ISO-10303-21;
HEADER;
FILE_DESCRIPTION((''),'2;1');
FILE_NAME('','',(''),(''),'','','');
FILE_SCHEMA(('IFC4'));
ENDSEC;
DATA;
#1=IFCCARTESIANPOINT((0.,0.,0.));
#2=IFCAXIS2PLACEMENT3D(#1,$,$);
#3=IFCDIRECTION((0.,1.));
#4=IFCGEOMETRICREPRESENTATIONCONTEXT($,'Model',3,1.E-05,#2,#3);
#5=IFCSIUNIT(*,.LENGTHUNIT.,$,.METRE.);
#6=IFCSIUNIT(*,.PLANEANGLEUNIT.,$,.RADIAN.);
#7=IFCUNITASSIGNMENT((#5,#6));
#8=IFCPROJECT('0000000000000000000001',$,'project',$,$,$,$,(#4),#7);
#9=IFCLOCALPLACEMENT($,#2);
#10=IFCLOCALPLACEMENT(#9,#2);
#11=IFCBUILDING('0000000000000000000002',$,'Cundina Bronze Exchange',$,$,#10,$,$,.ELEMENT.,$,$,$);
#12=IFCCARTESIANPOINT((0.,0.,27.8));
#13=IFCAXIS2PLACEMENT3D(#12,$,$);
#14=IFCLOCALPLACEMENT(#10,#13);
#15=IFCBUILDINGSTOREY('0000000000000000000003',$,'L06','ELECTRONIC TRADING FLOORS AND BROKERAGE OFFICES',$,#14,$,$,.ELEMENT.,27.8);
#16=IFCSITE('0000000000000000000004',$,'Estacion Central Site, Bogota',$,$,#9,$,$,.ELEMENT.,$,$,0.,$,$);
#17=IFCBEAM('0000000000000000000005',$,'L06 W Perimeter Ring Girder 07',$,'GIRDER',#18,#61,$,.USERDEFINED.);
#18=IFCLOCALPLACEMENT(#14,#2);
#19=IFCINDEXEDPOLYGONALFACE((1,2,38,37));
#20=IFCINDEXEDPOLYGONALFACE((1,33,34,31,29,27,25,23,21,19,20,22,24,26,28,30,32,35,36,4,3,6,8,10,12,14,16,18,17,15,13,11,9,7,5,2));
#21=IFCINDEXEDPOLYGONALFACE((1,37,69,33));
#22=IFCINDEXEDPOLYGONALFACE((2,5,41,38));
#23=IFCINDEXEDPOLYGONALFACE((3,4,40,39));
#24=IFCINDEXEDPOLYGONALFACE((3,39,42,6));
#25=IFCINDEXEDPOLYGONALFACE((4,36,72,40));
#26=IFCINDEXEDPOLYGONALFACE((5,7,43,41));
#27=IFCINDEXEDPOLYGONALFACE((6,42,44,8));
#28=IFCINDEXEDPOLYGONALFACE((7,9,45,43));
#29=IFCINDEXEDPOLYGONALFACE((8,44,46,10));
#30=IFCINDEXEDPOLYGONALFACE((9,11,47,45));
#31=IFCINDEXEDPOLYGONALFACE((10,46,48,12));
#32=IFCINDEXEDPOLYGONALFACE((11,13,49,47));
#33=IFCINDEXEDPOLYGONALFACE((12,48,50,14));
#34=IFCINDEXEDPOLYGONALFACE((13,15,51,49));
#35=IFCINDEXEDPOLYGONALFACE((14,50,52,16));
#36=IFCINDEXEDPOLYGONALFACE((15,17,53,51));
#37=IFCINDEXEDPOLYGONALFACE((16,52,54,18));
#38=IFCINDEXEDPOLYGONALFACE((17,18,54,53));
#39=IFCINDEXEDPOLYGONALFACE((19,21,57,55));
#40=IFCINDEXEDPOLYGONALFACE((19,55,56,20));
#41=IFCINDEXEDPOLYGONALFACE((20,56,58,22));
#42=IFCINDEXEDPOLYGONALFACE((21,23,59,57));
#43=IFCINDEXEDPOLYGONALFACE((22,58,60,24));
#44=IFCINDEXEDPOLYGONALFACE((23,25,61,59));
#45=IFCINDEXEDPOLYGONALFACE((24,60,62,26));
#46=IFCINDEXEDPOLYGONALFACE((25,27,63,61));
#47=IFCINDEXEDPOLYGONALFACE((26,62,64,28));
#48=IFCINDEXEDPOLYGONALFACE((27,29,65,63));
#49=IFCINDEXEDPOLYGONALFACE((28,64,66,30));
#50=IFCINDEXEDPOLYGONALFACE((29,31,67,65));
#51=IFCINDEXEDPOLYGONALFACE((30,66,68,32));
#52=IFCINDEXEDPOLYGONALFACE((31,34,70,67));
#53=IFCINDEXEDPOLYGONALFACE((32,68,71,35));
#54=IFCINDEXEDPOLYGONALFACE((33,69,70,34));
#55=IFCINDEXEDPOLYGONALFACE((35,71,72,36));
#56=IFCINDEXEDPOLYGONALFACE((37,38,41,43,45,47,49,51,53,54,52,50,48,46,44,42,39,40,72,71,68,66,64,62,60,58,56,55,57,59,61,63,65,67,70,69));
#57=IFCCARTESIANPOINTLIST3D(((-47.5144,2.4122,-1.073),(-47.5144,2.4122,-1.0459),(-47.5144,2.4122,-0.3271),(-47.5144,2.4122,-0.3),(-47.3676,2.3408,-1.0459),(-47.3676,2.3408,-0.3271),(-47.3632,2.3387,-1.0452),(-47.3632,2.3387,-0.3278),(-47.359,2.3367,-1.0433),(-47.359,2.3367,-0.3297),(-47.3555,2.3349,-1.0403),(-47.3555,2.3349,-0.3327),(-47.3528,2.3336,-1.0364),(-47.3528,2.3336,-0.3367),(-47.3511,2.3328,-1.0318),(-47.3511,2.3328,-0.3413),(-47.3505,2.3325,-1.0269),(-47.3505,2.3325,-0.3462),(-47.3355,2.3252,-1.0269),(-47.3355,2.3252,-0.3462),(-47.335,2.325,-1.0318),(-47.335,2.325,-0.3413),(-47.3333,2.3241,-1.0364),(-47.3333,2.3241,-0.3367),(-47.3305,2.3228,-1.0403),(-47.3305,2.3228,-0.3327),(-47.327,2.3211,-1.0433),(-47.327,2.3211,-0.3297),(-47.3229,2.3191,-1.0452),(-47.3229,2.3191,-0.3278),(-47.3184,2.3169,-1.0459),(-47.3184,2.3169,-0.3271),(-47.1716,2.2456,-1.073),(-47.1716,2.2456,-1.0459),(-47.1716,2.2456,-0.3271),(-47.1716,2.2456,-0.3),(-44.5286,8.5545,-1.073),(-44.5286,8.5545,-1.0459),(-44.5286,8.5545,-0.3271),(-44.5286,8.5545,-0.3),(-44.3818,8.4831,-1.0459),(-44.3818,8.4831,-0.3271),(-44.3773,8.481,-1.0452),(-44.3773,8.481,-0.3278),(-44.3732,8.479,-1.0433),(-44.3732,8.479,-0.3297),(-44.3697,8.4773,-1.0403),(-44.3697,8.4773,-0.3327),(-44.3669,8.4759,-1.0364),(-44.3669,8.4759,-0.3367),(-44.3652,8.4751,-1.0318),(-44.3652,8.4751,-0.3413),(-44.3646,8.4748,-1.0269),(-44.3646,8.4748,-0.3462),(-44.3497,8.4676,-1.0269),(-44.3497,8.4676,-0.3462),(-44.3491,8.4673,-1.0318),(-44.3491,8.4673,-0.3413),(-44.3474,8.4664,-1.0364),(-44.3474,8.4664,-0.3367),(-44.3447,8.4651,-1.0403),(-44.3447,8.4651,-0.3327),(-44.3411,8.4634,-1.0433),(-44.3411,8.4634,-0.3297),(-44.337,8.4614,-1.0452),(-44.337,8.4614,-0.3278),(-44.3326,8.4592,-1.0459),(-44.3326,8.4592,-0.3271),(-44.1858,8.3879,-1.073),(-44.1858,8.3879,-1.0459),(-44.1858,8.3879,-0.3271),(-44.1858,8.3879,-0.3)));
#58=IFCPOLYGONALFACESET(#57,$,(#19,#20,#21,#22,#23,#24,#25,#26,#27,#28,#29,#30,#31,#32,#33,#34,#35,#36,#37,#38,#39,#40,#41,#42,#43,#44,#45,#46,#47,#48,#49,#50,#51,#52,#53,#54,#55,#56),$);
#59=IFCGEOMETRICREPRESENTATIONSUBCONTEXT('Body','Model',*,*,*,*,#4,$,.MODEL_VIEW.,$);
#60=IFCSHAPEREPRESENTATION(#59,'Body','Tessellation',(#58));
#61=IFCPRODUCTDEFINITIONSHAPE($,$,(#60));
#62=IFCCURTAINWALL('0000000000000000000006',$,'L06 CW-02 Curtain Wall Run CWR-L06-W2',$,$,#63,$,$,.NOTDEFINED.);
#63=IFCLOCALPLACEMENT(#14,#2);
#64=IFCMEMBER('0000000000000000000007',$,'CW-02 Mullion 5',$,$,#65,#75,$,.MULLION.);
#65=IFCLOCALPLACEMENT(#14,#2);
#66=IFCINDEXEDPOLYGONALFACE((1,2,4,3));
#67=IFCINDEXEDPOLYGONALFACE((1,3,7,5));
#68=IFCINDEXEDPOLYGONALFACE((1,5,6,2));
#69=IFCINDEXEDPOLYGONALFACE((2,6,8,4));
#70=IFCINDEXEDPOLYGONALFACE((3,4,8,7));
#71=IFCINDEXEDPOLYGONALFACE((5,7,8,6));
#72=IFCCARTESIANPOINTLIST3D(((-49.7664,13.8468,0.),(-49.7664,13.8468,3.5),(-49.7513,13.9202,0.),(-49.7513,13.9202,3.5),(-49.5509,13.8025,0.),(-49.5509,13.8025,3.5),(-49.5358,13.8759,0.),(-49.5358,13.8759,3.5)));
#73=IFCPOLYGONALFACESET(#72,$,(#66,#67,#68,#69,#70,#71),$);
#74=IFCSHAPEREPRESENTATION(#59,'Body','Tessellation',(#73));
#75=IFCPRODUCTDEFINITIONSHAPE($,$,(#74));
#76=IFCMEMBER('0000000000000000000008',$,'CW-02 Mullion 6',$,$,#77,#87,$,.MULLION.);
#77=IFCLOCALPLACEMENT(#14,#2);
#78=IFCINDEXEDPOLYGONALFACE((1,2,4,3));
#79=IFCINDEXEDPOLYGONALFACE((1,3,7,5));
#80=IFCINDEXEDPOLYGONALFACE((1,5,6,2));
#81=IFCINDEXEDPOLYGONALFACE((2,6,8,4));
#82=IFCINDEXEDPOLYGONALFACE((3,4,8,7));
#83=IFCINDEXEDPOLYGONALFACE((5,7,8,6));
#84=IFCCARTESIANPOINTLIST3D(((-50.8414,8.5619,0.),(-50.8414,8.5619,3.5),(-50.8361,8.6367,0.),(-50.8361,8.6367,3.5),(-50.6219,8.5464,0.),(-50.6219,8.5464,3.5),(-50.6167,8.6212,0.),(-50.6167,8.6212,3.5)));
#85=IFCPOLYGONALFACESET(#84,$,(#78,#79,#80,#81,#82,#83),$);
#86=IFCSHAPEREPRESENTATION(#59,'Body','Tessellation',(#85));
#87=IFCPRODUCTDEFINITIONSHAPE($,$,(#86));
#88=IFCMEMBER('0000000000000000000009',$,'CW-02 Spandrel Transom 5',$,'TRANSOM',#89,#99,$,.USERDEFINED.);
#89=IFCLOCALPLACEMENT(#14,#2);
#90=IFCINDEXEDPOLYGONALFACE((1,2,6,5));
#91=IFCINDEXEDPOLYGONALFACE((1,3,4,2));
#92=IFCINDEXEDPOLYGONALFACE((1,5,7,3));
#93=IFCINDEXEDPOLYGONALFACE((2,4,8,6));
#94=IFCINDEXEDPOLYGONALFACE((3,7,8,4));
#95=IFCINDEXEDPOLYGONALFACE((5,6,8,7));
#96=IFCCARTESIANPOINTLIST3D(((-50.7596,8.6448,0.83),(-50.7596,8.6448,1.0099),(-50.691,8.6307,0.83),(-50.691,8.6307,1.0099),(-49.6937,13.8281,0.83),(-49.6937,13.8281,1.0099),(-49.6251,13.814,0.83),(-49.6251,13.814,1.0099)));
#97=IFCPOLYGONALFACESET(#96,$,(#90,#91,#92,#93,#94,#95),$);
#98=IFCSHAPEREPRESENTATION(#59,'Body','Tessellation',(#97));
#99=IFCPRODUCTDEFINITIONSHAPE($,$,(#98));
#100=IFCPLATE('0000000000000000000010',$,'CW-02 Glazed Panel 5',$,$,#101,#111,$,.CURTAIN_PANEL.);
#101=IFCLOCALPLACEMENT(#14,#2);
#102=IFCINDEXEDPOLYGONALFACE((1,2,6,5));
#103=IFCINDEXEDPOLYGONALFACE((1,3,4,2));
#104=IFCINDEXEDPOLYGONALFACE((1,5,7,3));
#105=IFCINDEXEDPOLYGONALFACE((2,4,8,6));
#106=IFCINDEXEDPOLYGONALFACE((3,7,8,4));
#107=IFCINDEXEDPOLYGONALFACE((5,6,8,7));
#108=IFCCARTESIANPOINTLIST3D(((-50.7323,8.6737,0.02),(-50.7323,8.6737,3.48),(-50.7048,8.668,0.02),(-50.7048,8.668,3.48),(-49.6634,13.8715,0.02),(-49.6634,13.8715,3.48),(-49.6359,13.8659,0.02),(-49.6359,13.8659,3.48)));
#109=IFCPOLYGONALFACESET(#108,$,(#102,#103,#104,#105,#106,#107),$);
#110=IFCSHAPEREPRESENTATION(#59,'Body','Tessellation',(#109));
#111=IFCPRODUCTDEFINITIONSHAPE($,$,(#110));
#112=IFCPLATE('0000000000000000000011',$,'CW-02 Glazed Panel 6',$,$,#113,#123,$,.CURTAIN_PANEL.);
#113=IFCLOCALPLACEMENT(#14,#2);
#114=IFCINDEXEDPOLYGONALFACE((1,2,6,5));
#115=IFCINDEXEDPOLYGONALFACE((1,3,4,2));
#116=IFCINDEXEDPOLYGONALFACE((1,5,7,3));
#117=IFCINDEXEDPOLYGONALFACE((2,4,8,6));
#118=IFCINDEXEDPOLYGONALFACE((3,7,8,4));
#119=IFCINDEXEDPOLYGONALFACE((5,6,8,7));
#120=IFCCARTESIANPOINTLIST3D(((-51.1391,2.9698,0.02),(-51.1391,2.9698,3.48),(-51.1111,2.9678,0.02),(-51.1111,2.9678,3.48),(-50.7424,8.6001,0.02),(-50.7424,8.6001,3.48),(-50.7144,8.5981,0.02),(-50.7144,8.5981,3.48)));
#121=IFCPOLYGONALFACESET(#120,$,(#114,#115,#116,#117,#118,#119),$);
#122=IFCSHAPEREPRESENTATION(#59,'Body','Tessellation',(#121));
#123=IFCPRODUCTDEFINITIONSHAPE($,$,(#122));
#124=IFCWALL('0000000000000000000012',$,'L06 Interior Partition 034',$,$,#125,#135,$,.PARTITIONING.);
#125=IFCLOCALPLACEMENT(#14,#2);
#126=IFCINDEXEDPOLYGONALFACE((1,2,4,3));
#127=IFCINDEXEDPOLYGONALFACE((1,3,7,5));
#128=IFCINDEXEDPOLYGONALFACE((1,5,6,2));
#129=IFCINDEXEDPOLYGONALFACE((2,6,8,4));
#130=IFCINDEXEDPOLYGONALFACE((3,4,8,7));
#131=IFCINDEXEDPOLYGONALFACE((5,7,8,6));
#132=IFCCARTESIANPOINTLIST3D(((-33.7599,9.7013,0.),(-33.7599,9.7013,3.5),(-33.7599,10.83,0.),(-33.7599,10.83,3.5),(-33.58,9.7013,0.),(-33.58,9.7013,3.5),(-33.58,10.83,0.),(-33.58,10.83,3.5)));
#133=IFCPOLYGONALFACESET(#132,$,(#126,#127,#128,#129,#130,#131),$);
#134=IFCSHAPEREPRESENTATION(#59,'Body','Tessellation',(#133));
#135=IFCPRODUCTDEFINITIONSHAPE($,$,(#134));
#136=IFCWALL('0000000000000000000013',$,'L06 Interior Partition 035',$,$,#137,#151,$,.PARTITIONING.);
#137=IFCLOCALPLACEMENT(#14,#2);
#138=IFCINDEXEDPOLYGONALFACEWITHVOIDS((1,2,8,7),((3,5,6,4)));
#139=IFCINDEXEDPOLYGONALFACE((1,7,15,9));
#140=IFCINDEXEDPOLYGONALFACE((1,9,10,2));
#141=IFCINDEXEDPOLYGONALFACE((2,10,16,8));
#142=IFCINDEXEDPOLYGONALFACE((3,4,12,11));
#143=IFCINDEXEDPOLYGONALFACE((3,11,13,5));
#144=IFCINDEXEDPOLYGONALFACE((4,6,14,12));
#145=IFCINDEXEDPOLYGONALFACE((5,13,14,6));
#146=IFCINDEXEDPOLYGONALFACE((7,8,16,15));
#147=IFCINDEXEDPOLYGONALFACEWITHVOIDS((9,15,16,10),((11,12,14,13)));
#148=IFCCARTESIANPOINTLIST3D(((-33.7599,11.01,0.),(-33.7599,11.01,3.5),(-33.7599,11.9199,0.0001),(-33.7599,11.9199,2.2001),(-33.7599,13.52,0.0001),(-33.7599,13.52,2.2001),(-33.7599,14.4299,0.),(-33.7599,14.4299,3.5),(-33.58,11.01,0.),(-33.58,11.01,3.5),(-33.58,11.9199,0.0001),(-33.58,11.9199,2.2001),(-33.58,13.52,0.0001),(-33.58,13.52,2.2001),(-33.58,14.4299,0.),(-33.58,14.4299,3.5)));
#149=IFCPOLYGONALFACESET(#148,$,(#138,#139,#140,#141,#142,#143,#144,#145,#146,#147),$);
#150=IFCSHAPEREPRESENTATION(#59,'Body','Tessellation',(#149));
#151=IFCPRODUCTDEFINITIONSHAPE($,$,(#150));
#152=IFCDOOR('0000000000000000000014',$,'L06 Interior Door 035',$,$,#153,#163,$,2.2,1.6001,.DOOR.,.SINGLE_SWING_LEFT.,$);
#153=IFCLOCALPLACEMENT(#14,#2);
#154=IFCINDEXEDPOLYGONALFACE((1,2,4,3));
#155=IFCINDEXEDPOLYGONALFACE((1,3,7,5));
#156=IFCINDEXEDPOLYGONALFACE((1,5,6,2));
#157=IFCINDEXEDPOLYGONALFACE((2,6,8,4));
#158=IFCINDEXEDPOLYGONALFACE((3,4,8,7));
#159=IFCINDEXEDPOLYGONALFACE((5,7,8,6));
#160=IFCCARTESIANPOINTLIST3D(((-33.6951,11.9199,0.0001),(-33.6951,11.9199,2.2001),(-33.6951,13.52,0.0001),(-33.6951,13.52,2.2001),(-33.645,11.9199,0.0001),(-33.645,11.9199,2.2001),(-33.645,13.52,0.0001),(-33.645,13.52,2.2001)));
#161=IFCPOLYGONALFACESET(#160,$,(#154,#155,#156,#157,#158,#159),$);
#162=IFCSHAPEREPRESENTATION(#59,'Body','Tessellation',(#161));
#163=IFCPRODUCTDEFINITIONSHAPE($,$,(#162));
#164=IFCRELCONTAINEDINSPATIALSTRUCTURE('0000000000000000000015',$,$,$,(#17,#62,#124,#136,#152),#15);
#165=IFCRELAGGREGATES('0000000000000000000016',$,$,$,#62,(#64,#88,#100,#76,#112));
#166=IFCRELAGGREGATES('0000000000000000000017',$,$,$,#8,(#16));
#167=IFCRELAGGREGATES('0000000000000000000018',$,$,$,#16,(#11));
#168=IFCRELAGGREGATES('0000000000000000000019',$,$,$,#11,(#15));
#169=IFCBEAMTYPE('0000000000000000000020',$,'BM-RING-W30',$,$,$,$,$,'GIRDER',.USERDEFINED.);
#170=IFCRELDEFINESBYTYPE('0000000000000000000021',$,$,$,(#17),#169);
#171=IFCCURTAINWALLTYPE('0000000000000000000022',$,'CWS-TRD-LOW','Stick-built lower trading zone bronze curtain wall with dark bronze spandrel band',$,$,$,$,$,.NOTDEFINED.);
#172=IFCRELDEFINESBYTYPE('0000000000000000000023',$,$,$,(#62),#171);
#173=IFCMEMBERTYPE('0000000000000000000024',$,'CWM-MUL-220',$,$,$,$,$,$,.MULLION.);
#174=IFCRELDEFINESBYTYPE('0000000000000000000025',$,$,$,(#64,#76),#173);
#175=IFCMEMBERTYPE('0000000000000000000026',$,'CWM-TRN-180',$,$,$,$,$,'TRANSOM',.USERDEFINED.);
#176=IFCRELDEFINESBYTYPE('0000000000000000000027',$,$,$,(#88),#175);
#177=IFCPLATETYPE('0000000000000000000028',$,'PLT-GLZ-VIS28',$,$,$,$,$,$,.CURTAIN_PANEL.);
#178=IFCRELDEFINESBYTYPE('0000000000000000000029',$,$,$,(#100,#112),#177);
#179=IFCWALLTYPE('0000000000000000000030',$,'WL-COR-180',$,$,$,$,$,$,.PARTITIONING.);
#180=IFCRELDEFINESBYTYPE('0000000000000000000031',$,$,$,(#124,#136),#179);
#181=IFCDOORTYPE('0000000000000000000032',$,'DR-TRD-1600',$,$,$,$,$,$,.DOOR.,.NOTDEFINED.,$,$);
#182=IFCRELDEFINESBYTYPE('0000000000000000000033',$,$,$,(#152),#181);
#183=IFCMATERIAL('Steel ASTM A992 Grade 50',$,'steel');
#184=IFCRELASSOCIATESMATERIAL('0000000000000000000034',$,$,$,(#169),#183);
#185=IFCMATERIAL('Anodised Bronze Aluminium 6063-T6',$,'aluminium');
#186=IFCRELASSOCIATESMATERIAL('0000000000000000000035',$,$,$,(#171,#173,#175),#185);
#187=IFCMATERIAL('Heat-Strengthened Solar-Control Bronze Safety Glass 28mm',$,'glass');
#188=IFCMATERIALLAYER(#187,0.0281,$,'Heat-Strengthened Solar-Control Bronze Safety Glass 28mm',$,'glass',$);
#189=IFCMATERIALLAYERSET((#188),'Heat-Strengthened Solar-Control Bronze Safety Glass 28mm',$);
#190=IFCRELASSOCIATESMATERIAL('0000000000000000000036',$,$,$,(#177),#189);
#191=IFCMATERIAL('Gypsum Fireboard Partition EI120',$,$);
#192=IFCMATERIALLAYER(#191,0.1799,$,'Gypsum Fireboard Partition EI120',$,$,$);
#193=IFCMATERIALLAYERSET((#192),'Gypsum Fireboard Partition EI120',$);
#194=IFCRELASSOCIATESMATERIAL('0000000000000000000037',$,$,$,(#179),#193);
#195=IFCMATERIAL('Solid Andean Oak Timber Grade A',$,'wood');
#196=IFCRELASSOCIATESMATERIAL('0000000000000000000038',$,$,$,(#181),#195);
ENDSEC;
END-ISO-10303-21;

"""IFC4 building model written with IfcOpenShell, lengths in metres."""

from ifc_helpers import new_model, si_unit, direction, frame, frame_2d, origin, origin_2d, place, context, subcontext, project, spatial, rectangle, i_section, extrude, material, layer, layer_set, material_profile, profile_set, type_object, element, fill, aggregate, save


model = new_model("IFC4")

# Units and contexts
model_context = context("Model", 3, precision=1e-05, world=origin(), true_north=direction((0.0, 1.0)))
body_context = subcontext(model_context, "Body", "Model", "MODEL_VIEW")
ifc_project = project(units=[si_unit("LENGTHUNIT", "METRE"), si_unit("PLANEANGLEUNIT", "RADIAN")], contexts=[model_context])

# Site, building, storey
site_placement = place(None, origin())
site = spatial("IfcSite", under=ifc_project, at=site_placement, Name="Estacion Central Site, Bogota", CompositionType="ELEMENT", RefElevation=0.0)
building_placement = place(site_placement, origin())
building = spatial("IfcBuilding", under=site, at=building_placement, Name="Cundina Bronze Exchange", CompositionType="ELEMENT")
storey_placement = place(building_placement, frame((0.0, 0.0, 27.8)))
storey = spatial("IfcBuildingStorey", under=building, at=storey_placement, Name="L06", Description="ELECTRONIC TRADING FLOORS AND BROKERAGE OFFICES", CompositionType="ELEMENT", Elevation=27.8)

# Beam
ifc_material_1 = material(Name="Steel ASTM A992 Grade 50", Category="steel")
ifc_material_profile_1 = material_profile(ifc_material_1, i_section(OverallWidth=0.3811, OverallDepth=0.7729, WebThickness=0.0166, FlangeThickness=0.0271, FilletRadius=0.019, at=origin_2d()), Name="W30X173", Category="steel")
ifc_profile_set_1 = profile_set([ifc_material_profile_1], Name="Steel ASTM A992 Grade 50")
beam_type_1 = type_object("IfcBeamType", Name="BM-RING-W30", ElementType="GIRDER", PredefinedType="USERDEFINED", material=ifc_profile_set_1)
beam_1_placement = place(storey_placement, frame((-44.3572, 8.4712, -0.6865), z_axis=(-0.437191, -0.899369, 0.0), x_axis=(0.899369, -0.437191, 0.0)))
element("IfcBeam", 1, at=beam_1_placement, inside=storey, type_object=beam_type_1, Name="L06 W Perimeter Ring Girder 07", ObjectType="GIRDER", PredefinedType="USERDEFINED", context=body_context, shape_type="SweptSolid", body=[
    extrude(i_section(OverallWidth=0.3811, OverallDepth=0.7729, WebThickness=0.0166, FlangeThickness=0.0271, FilletRadius=0.019, at=origin_2d()), origin(), (0.0, 0.0, 1.0), 6.8296),
])

# Curtain wall, members, plates
ifc_material_2 = material(Name="Anodised Bronze Aluminium 6063-T6", Category="aluminium")
curtain_wall_type = type_object("IfcCurtainWallType", Name="CWS-TRD-LOW", Description="Stick-built lower trading zone bronze curtain wall with dark bronze spandrel band", PredefinedType="NOTDEFINED", material=ifc_material_2)
curtain_wall_placement = place(storey_placement, origin())
curtain_wall = element("IfcCurtainWall", 2, at=curtain_wall_placement, inside=storey, type_object=curtain_wall_type, Name="L06 CW-02 Curtain Wall Run CWR-L06-W2", PredefinedType="NOTDEFINED")
ifc_material_profile_2 = material_profile(ifc_material_2, rectangle(XDim=0.075, YDim=0.22, at=origin_2d()), Name="AL75X220", Category="aluminium")
ifc_profile_set_2 = profile_set([ifc_material_profile_2], Name="Anodised Bronze Aluminium 6063-T6")
member_type_1 = type_object("IfcMemberType", Name="CWM-MUL-220", PredefinedType="MULLION", material=ifc_profile_set_2)
member_1_placement = place(storey_placement, frame((-49.6511, 13.8613, 0.0), z_axis=(0.0, 0.0, 1.0), x_axis=(-0.20142, -0.979505, 0.0)))
member_1 = element("IfcMember", 3, at=member_1_placement, type_object=member_type_1, Name="CW-02 Mullion 5", PredefinedType="MULLION", context=body_context, shape_type="SweptSolid", body=[
    extrude(rectangle(XDim=0.075, YDim=0.22, at=origin_2d()), origin(), (0.0, 0.0, 1.0), 3.5),
])
member_2_placement = place(storey_placement, frame((-50.729, 8.5916, 0.0), z_axis=(0.0, 0.0, 1.0), x_axis=(-0.070279, -0.997527, 0.0)))
member_2 = element("IfcMember", 4, at=member_2_placement, type_object=member_type_1, Name="CW-02 Mullion 6", PredefinedType="MULLION", context=body_context, shape_type="SweptSolid", body=[
    extrude(rectangle(XDim=0.075, YDim=0.22, at=origin_2d()), origin(), (0.0, 0.0, 1.0), 3.5),
])
ifc_material_profile_3 = material_profile(ifc_material_2, rectangle(XDim=0.0701, YDim=0.1799, at=origin_2d()), Name="AL70X180", Category="aluminium")
ifc_profile_set_3 = profile_set([ifc_material_profile_3], Name="Anodised Bronze Aluminium 6063-T6")
member_type_2 = type_object("IfcMemberType", Name="CWM-TRN-180", ElementType="TRANSOM", PredefinedType="USERDEFINED", material=ifc_profile_set_3)
member_3_placement = place(storey_placement, frame((-49.6594, 13.821, 0.9199), z_axis=(-0.201428, -0.979503, 0.0), x_axis=(0.979503, -0.201428, 0.0)))
member_3 = element("IfcMember", 5, at=member_3_placement, type_object=member_type_2, Name="CW-02 Spandrel Transom 5", ObjectType="TRANSOM", PredefinedType="USERDEFINED", context=body_context, shape_type="SweptSolid", body=[
    extrude(rectangle(XDim=0.0701, YDim=0.1799, at=origin_2d()), origin(), (0.0, 0.0, 1.0), 5.2917),
])
ifc_material_3 = material(Name="Heat-Strengthened Solar-Control Bronze Safety Glass 28mm", Category="glass")
ifc_layer_1 = layer(ifc_material_3, 0.0281, Name="Heat-Strengthened Solar-Control Bronze Safety Glass 28mm", Category="glass")
ifc_layer_set_1 = layer_set([ifc_layer_1], Name="Heat-Strengthened Solar-Control Bronze Safety Glass 28mm")
plate_type = type_object("IfcPlateType", Name="PLT-GLZ-VIS28", PredefinedType="CURTAIN_PANEL", material=ifc_layer_set_1)
plate_1_placement = place(storey_placement, frame((-50.1841, 11.2698, 0.02), z_axis=(0.0, 0.0, 1.0), x_axis=(-0.20142, -0.979505, 0.0)))
plate_1 = element("IfcPlate", 6, at=plate_1_placement, type_object=plate_type, Name="CW-02 Glazed Panel 5", PredefinedType="CURTAIN_PANEL", context=body_context, shape_type="SweptSolid", body=[
    extrude(rectangle(XDim=5.3066, YDim=0.0281, at=origin_2d()), origin(), (0.0, 0.0, 1.0), 3.46),
])
plate_2_placement = place(storey_placement, frame((-50.9268, 5.7839, 0.02), z_axis=(0.0, 0.0, 1.0), x_axis=(-0.070279, -0.997527, 0.0)))
plate_2 = element("IfcPlate", 7, at=plate_2_placement, type_object=plate_type, Name="CW-02 Glazed Panel 6", PredefinedType="CURTAIN_PANEL", context=body_context, shape_type="SweptSolid", body=[
    extrude(rectangle(XDim=5.6443, YDim=0.0281, at=origin_2d()), origin(), (0.0, 0.0, 1.0), 3.46),
])
aggregate(curtain_wall, [member_1, member_3, plate_1, member_2, plate_2])

# Shared definitions
ifc_material_4 = material(Name="Gypsum Fireboard Partition EI120")
ifc_layer_2 = layer(ifc_material_4, 0.1799, Name="Gypsum Fireboard Partition EI120")
ifc_layer_set_2 = layer_set([ifc_layer_2], Name="Gypsum Fireboard Partition EI120")
wall_type_1 = type_object("IfcWallType", Name="WL-COR-180", PredefinedType="PARTITIONING", material=ifc_layer_set_2)
ifc_material_5 = material(Name="Solid Andean Oak Timber Grade A", Category="wood")

# Wall
wall_1_placement = place(storey_placement, frame((-33.6699, 10.8301, 0.0), z_axis=(0.0, 0.0, 1.0), x_axis=(0.0, -1.0, 0.0)))
element("IfcWall", 8, at=wall_1_placement, inside=storey, type_object=wall_type_1, Name="L06 Interior Partition 034", PredefinedType="PARTITIONING", context=body_context, shape_type="SweptSolid", body=[
    extrude(rectangle(XDim=1.1287, YDim=0.1799, at=frame_2d((0.5645, 0.0))), origin(), (0.0, 0.0, 1.0), 3.5),
])

# Wall, opening, door
wall_2_placement = place(storey_placement, frame((-33.6699, 14.4299, 0.0), z_axis=(0.0, 0.0, 1.0), x_axis=(0.0, -1.0, 0.0)))
wall_2 = element("IfcWall", 9, at=wall_2_placement, inside=storey, type_object=wall_type_1, Name="L06 Interior Partition 035", PredefinedType="PARTITIONING", context=body_context, shape_type="SweptSolid", body=[
    extrude(rectangle(XDim=3.4199, YDim=0.1799, at=frame_2d((1.71, 0.0))), origin(), (0.0, 0.0, 1.0), 3.5),
])
opening_1_placement = place(wall_2_placement, frame((0.9099, 0.0, 0.0)))
opening_1 = element("IfcOpeningElement", 10, at=opening_1_placement, cuts=wall_2, PredefinedType="OPENING", context=body_context, shape_type="SweptSolid", body=[
    extrude(rectangle(XDim=1.6001, YDim=2.2, at=frame_2d((0.8, 1.1001))), frame((0.0, 0.0999, 0.0), z_axis=(0.0, -1.0, 0.0), x_axis=(1.0, 0.0, 0.0)), (0.0, 0.0, 1.0), 0.2),
])
door_type_1 = type_object("IfcDoorType", Name="DR-TRD-1600", OperationType="NOTDEFINED", PredefinedType="DOOR", material=ifc_material_5)
door_1_placement = place(opening_1_placement, origin())
door_1 = element("IfcDoor", 11, at=door_1_placement, inside=storey, type_object=door_type_1, Name="L06 Interior Door 035", OperationType="SINGLE_SWING_LEFT", OverallHeight=2.2, OverallWidth=1.6001, PredefinedType="DOOR", context=body_context, shape_type="SweptSolid", body=[
    extrude(rectangle(XDim=1.6001, YDim=2.2, at=frame_2d((0.8, 1.1001))), frame((0.0, 0.0249, 0.0), z_axis=(0.0, -1.0, 0.0), x_axis=(1.0, 0.0, 0.0)), (0.0, 0.0, 1.0), 0.05),
])
fill(opening_1, door_1)

save(model, "model.ifc")
